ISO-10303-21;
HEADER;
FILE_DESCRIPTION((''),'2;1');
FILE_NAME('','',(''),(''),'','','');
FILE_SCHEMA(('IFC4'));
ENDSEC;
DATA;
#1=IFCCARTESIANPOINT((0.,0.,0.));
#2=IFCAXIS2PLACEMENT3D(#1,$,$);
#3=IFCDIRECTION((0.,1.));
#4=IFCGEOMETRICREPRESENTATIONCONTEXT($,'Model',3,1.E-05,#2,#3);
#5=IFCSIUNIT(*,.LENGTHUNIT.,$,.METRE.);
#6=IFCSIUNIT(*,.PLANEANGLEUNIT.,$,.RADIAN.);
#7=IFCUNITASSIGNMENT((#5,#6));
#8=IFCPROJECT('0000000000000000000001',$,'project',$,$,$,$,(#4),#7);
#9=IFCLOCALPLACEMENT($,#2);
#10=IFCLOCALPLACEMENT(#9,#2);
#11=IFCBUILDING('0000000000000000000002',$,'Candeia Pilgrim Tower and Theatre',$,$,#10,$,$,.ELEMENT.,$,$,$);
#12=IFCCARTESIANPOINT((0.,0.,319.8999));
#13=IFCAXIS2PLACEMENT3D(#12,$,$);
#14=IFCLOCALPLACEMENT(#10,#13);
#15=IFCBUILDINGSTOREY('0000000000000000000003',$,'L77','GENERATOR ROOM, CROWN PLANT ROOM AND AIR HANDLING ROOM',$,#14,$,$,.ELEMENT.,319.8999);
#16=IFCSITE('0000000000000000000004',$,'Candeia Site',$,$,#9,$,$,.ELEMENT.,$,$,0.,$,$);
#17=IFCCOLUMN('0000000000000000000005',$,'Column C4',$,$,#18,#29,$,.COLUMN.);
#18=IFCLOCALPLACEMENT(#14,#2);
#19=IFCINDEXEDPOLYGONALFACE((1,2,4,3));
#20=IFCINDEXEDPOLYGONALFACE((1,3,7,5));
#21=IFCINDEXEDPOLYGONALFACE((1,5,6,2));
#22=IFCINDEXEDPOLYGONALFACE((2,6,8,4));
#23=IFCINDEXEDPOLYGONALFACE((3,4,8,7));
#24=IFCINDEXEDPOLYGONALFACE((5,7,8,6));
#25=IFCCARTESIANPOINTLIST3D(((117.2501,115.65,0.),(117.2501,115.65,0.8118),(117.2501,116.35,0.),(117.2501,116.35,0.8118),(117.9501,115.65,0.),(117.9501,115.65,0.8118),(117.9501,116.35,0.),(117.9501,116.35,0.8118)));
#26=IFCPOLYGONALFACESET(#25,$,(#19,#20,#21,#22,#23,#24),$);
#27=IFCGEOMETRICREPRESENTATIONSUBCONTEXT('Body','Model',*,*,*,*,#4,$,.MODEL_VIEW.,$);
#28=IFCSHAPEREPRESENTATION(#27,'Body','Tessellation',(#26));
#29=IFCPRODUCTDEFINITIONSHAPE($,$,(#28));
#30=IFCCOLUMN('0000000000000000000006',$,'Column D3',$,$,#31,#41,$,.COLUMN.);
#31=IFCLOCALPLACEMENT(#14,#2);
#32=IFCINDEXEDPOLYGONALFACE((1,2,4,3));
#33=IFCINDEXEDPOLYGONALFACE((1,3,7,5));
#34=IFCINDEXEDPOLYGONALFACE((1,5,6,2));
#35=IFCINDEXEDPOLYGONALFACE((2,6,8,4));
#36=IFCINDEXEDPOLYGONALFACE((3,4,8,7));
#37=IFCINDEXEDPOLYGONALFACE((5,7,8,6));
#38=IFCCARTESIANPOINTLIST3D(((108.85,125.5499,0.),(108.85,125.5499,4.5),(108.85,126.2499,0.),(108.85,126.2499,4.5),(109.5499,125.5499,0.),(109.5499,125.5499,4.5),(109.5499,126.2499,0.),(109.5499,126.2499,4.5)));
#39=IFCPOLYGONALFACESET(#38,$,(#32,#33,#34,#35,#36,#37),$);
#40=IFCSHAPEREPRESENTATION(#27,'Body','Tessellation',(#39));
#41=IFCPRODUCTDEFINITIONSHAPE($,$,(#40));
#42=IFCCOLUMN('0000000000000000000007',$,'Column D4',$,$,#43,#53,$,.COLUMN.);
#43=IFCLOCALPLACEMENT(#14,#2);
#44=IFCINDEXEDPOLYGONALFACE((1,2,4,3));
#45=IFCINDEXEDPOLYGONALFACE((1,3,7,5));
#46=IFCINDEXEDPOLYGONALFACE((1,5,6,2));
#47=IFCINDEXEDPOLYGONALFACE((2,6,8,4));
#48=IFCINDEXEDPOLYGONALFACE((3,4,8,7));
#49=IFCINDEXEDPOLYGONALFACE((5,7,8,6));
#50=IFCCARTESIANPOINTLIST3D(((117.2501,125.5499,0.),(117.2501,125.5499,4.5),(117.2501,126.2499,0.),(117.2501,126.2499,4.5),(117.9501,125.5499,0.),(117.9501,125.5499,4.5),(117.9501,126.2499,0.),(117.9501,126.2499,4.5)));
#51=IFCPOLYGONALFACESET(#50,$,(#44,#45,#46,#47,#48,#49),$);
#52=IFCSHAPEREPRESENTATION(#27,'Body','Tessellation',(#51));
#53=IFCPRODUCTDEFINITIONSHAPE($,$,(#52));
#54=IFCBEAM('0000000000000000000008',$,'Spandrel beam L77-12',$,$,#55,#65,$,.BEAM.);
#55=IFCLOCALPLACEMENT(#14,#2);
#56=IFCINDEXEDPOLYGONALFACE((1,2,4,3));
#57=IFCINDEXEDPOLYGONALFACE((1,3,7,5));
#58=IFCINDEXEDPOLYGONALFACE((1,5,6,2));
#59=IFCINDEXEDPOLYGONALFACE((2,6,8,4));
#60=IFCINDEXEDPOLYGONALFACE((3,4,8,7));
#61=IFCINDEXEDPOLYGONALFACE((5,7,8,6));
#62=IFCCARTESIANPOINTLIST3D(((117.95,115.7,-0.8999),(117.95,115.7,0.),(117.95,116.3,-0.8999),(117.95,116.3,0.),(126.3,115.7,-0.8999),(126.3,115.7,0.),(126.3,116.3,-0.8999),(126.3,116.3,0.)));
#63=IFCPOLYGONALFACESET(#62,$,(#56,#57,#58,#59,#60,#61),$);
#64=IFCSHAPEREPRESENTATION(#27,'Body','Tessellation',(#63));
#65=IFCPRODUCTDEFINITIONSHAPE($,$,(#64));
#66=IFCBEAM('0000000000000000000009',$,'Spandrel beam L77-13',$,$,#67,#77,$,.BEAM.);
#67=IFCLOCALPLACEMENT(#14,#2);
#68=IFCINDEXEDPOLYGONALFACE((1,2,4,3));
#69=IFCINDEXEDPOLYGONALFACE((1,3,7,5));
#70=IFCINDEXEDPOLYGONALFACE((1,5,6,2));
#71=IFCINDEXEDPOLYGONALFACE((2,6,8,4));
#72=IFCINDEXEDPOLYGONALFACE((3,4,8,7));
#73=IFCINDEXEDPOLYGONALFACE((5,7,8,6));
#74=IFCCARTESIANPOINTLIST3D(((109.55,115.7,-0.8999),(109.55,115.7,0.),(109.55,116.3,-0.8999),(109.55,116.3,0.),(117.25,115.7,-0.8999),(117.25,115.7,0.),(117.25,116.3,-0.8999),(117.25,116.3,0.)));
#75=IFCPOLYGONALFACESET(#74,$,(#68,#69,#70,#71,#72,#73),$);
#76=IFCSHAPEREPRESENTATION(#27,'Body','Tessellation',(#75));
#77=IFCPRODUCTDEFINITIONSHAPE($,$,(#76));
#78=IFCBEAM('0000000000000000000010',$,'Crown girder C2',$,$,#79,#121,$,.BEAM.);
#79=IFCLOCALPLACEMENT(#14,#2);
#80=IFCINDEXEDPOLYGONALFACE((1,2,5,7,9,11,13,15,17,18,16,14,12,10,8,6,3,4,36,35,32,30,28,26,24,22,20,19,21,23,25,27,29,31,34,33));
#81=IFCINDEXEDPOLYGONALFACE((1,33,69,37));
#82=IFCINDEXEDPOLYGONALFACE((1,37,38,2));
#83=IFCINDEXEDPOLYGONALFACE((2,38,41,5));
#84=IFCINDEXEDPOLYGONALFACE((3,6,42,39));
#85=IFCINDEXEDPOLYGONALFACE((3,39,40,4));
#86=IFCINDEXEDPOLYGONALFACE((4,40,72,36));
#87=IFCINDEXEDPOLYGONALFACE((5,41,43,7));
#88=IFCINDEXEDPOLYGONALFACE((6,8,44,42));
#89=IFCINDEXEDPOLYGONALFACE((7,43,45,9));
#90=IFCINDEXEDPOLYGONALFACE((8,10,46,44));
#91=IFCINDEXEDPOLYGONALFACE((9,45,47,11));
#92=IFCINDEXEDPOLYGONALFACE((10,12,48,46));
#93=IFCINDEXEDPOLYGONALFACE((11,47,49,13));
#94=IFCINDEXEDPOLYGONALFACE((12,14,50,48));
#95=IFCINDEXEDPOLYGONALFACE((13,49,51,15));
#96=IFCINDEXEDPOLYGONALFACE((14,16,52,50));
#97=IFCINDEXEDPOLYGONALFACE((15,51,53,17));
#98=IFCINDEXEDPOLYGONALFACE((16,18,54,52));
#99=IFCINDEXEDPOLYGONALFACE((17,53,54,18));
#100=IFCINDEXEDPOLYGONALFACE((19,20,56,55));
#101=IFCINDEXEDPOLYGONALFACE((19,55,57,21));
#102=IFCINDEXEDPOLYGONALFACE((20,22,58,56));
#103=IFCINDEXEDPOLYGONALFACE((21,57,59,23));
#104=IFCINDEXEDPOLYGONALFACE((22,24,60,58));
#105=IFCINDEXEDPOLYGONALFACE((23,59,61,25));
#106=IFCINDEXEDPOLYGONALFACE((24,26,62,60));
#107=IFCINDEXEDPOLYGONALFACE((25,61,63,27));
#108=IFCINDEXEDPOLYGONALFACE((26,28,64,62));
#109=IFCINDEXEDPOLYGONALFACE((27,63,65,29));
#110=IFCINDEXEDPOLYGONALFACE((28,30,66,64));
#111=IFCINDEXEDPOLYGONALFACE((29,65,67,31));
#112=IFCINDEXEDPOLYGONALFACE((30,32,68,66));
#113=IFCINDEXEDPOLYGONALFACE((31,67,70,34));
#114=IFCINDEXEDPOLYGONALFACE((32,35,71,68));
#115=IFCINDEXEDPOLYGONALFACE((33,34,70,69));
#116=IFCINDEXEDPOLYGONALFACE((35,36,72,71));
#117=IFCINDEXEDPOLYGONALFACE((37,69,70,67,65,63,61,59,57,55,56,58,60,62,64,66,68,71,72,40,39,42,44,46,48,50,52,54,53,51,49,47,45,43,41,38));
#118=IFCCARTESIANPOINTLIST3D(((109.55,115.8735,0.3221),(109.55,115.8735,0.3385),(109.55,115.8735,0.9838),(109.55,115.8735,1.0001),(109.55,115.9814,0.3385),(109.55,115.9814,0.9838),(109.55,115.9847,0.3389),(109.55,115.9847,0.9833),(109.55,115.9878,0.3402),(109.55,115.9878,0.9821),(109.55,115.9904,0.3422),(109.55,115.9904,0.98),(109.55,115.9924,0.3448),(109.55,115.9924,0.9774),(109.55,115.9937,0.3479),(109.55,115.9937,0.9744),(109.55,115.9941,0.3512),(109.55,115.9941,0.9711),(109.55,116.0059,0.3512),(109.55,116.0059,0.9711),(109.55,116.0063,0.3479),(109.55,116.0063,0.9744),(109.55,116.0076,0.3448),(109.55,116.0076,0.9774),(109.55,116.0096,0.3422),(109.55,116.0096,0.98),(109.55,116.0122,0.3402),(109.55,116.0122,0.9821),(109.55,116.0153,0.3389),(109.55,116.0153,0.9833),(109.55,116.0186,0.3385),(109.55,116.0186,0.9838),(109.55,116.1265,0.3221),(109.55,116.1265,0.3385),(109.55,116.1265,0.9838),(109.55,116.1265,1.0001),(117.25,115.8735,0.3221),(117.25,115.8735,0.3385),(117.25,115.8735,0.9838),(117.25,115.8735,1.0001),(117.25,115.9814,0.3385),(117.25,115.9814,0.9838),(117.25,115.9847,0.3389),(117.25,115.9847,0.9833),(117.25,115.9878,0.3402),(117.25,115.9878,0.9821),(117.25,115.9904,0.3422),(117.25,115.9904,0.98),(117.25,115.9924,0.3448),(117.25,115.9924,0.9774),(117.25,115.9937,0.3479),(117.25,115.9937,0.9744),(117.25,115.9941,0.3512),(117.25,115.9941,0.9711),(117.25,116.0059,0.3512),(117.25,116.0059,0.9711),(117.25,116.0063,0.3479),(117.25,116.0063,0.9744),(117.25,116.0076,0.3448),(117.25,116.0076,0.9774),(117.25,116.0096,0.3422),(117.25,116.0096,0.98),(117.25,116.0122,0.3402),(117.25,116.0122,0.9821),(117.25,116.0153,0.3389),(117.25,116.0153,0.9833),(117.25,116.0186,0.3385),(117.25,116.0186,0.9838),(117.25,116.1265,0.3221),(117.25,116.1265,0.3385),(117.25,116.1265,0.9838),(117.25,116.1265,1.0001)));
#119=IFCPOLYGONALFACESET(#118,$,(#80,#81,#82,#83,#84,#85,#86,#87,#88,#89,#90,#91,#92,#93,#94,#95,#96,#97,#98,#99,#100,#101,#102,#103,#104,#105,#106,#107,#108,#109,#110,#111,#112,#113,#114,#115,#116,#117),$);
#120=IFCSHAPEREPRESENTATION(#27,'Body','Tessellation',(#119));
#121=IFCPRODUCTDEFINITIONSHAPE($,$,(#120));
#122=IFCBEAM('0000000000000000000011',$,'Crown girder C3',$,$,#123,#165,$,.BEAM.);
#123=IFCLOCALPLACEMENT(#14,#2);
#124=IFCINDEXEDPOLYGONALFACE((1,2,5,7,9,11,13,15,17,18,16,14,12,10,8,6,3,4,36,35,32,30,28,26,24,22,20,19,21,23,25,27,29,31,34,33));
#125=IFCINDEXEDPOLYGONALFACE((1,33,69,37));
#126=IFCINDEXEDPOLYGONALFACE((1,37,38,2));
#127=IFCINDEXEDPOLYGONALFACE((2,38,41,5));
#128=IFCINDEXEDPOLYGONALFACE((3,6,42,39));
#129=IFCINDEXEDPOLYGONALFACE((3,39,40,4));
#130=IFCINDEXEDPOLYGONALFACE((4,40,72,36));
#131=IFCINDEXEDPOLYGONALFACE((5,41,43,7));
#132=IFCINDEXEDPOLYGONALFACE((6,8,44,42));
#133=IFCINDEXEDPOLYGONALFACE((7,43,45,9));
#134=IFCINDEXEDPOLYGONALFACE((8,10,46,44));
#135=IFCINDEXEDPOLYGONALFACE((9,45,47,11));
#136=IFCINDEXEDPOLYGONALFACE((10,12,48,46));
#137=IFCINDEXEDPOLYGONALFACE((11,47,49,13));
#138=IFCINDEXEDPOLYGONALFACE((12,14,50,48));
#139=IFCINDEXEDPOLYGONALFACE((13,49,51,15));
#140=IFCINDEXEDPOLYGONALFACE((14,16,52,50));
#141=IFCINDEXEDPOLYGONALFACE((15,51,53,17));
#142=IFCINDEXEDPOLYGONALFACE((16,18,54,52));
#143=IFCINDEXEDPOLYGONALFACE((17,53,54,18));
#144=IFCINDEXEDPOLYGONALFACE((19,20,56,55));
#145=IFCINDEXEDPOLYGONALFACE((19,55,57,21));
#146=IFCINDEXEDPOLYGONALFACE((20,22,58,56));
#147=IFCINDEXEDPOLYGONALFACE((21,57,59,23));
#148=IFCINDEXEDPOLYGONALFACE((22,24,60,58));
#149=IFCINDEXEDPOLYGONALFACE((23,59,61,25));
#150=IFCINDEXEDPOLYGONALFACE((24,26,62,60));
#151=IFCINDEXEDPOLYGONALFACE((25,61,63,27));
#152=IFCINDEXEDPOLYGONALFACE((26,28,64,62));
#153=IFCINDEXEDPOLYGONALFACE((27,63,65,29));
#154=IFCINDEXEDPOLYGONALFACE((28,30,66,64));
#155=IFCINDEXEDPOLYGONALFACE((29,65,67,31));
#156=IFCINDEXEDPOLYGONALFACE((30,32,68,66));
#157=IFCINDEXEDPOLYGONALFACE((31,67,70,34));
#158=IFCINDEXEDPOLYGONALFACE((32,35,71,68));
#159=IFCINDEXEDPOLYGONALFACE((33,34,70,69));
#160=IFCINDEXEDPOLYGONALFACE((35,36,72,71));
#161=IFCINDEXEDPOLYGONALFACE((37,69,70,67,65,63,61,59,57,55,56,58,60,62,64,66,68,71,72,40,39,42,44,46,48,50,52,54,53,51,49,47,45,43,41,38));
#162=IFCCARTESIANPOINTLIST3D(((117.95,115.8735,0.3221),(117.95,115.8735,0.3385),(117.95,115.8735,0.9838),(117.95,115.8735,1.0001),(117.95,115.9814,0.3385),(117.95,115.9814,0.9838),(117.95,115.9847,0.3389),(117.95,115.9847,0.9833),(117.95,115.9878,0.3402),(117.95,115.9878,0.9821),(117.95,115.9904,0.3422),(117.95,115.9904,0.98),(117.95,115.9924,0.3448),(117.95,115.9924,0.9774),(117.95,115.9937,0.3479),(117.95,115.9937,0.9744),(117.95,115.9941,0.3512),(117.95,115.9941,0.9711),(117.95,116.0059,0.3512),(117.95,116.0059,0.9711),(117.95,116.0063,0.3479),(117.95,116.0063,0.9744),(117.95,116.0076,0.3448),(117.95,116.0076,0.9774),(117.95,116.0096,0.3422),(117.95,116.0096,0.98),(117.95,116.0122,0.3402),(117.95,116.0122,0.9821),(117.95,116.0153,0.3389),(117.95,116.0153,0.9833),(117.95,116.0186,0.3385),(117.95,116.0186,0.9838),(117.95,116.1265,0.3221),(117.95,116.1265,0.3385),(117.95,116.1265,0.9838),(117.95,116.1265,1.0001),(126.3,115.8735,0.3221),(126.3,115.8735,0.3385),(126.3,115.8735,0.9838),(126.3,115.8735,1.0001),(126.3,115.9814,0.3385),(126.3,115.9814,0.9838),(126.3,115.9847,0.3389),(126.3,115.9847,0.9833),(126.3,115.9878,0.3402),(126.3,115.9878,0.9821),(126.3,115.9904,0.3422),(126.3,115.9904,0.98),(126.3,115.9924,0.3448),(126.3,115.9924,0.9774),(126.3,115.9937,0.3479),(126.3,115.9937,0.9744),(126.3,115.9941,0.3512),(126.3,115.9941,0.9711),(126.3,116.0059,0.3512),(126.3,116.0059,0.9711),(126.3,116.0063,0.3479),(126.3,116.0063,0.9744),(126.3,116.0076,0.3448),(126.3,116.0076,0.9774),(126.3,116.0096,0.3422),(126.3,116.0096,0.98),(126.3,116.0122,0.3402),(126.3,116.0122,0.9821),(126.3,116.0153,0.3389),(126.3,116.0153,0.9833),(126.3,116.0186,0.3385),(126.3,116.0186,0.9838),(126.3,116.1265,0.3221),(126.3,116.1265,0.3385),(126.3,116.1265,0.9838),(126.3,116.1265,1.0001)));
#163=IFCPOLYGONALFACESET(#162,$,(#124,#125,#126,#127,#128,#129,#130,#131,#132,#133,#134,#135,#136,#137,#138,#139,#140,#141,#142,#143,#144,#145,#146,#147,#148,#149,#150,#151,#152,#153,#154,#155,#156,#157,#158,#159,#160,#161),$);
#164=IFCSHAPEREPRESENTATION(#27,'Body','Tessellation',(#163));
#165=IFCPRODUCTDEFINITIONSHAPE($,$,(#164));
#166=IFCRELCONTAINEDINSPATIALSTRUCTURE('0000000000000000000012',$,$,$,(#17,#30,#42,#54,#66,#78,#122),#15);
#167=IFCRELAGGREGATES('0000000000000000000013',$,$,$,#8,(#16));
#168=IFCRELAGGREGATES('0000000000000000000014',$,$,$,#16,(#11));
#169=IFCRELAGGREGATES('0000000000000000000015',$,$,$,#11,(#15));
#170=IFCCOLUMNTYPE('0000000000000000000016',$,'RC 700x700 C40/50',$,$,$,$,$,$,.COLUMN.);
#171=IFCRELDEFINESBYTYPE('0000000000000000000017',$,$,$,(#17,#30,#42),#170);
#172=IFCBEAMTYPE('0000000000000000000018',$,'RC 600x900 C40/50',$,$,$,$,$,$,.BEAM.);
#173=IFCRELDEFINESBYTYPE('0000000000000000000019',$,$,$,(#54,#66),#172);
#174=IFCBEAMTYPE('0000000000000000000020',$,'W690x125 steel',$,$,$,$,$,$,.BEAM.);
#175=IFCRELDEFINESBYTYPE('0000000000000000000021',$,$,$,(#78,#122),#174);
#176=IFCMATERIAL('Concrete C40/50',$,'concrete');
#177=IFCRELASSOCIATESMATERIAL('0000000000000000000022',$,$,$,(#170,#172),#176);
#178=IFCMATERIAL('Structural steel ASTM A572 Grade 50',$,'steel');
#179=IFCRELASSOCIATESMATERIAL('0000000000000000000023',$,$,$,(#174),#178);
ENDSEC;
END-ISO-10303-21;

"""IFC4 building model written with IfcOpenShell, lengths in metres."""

from ifc_helpers import new_model, si_unit, direction, frame, origin, origin_2d, place, context, subcontext, project, spatial, rectangle, i_section, extrude, material, material_profile, profile_set, type_object, element, save


model = new_model("IFC4")

# Units and contexts
model_context = context("Model", 3, precision=1e-05, world=origin(), true_north=direction((0.0, 1.0)))
body_context = subcontext(model_context, "Body", "Model", "MODEL_VIEW")
ifc_project = project(units=[si_unit("LENGTHUNIT", "METRE"), si_unit("PLANEANGLEUNIT", "RADIAN")], contexts=[model_context])

# Site, building, storey
site_placement = place(None, origin())
site = spatial("IfcSite", under=ifc_project, at=site_placement, Name="Candeia Site", CompositionType="ELEMENT", RefElevation=0.0)
building_placement = place(site_placement, origin())
building = spatial("IfcBuilding", under=site, at=building_placement, Name="Candeia Pilgrim Tower and Theatre", CompositionType="ELEMENT")
storey_placement = place(building_placement, frame((0.0, 0.0, 319.8999)))
storey = spatial("IfcBuildingStorey", under=building, at=storey_placement, Name="L77", Description="GENERATOR ROOM, CROWN PLANT ROOM AND AIR HANDLING ROOM", CompositionType="ELEMENT", Elevation=319.8999)

# Columns
ifc_material_1 = material(Name="Concrete C40/50", Category="concrete")
ifc_material_profile_1 = material_profile(ifc_material_1, rectangle(XDim=0.7, YDim=0.7, at=origin_2d()))
ifc_profile_set_1 = profile_set([ifc_material_profile_1], Name="Concrete C40/50")
column_type = type_object("IfcColumnType", Name="RC 700x700 C40/50", PredefinedType="COLUMN", material=ifc_profile_set_1)
column_placement = place(storey_placement, frame((117.6001, 116.0, 0.0), z_axis=(0.0, 0.0, 1.0), x_axis=(1.0, 0.0, 0.0)))
element("IfcColumn", 1, at=column_placement, inside=storey, type_object=column_type, Name="Column C4", PredefinedType="COLUMN", context=body_context, shape_type="SweptSolid", body=[
    extrude(rectangle(XDim=0.7, YDim=0.7, at=origin_2d()), origin(), (0.0, 0.0, 1.0), 0.8118),
])
for number, where, z_axis, x_axis, name in (
    (2, (109.2, 125.8999, 0.0), (0.0, 0.0, 1.0), (1.0, 0.0, 0.0), "Column D3"),
    (3, (117.6001, 125.8999, 0.0), (0.0, 0.0, 1.0), (1.0, 0.0, 0.0), "Column D4"),
):
    element("IfcColumn", number, at=place(storey_placement, frame(where, z_axis=z_axis, x_axis=x_axis)), inside=storey, type_object=column_type, Name=name, PredefinedType="COLUMN", context=body_context, shape_type="SweptSolid", body=[
        extrude(rectangle(XDim=0.7, YDim=0.7, at=origin_2d()), origin(), (0.0, 0.0, 1.0), 4.5),
    ])

# Beams
ifc_material_profile_2 = material_profile(ifc_material_1, rectangle(XDim=0.6001, YDim=0.8999, at=origin_2d()))
ifc_profile_set_2 = profile_set([ifc_material_profile_2], Name="Concrete C40/50")
beam_type_1 = type_object("IfcBeamType", Name="RC 600x900 C40/50", PredefinedType="BEAM", material=ifc_profile_set_2)
beam_1_placement = place(storey_placement, frame((126.3, 116.0, -0.45), z_axis=(-1.0, 0.0, 0.0), x_axis=(0.0, -1.0, 0.0)))
element("IfcBeam", 4, at=beam_1_placement, inside=storey, type_object=beam_type_1, Name="Spandrel beam L77-12", PredefinedType="BEAM", context=body_context, shape_type="SweptSolid", body=[
    extrude(rectangle(XDim=0.6001, YDim=0.8999, at=origin_2d()), origin(), (0.0, 0.0, 1.0), 8.3501),
])
beam_2_placement = place(storey_placement, frame((117.25, 116.0, -0.45), z_axis=(-1.0, 0.0, 0.0), x_axis=(0.0, -1.0, 0.0)))
element("IfcBeam", 5, at=beam_2_placement, inside=storey, type_object=beam_type_1, Name="Spandrel beam L77-13", PredefinedType="BEAM", context=body_context, shape_type="SweptSolid", body=[
    extrude(rectangle(XDim=0.6001, YDim=0.8999, at=origin_2d()), origin(), (0.0, 0.0, 1.0), 7.7),
])
ifc_material_2 = material(Name="Structural steel ASTM A572 Grade 50", Category="steel")
ifc_material_profile_3 = material_profile(ifc_material_2, i_section(OverallWidth=0.2529, OverallDepth=0.678, WebThickness=0.0117, FlangeThickness=0.0164, FilletRadius=0.0127, at=origin_2d()))
ifc_profile_set_3 = profile_set([ifc_material_profile_3], Name="Structural steel ASTM A572 Grade 50")
beam_type_2 = type_object("IfcBeamType", Name="W690x125 steel", PredefinedType="BEAM", material=ifc_profile_set_3)
beam_3_placement = place(storey_placement, frame((109.55, 116.0, 0.6611), z_axis=(1.0, 0.0, 0.0), x_axis=(0.0, 1.0, 0.0)))
element("IfcBeam", 6, at=beam_3_placement, inside=storey, type_object=beam_type_2, Name="Crown girder C2", PredefinedType="BEAM", context=body_context, shape_type="SweptSolid", body=[
    extrude(i_section(OverallWidth=0.2529, OverallDepth=0.678, WebThickness=0.0117, FlangeThickness=0.0164, FilletRadius=0.0127, at=origin_2d()), origin(), (0.0, 0.0, 1.0), 7.7),
])
beam_4_placement = place(storey_placement, frame((117.95, 116.0, 0.6611), z_axis=(1.0, 0.0, 0.0), x_axis=(0.0, 1.0, 0.0)))
element("IfcBeam", 7, at=beam_4_placement, inside=storey, type_object=beam_type_2, Name="Crown girder C3", PredefinedType="BEAM", context=body_context, shape_type="SweptSolid", body=[
    extrude(i_section(OverallWidth=0.2529, OverallDepth=0.678, WebThickness=0.0117, FlangeThickness=0.0164, FilletRadius=0.0127, at=origin_2d()), origin(), (0.0, 0.0, 1.0), 8.3501),
])

save(model, "model.ifc")
